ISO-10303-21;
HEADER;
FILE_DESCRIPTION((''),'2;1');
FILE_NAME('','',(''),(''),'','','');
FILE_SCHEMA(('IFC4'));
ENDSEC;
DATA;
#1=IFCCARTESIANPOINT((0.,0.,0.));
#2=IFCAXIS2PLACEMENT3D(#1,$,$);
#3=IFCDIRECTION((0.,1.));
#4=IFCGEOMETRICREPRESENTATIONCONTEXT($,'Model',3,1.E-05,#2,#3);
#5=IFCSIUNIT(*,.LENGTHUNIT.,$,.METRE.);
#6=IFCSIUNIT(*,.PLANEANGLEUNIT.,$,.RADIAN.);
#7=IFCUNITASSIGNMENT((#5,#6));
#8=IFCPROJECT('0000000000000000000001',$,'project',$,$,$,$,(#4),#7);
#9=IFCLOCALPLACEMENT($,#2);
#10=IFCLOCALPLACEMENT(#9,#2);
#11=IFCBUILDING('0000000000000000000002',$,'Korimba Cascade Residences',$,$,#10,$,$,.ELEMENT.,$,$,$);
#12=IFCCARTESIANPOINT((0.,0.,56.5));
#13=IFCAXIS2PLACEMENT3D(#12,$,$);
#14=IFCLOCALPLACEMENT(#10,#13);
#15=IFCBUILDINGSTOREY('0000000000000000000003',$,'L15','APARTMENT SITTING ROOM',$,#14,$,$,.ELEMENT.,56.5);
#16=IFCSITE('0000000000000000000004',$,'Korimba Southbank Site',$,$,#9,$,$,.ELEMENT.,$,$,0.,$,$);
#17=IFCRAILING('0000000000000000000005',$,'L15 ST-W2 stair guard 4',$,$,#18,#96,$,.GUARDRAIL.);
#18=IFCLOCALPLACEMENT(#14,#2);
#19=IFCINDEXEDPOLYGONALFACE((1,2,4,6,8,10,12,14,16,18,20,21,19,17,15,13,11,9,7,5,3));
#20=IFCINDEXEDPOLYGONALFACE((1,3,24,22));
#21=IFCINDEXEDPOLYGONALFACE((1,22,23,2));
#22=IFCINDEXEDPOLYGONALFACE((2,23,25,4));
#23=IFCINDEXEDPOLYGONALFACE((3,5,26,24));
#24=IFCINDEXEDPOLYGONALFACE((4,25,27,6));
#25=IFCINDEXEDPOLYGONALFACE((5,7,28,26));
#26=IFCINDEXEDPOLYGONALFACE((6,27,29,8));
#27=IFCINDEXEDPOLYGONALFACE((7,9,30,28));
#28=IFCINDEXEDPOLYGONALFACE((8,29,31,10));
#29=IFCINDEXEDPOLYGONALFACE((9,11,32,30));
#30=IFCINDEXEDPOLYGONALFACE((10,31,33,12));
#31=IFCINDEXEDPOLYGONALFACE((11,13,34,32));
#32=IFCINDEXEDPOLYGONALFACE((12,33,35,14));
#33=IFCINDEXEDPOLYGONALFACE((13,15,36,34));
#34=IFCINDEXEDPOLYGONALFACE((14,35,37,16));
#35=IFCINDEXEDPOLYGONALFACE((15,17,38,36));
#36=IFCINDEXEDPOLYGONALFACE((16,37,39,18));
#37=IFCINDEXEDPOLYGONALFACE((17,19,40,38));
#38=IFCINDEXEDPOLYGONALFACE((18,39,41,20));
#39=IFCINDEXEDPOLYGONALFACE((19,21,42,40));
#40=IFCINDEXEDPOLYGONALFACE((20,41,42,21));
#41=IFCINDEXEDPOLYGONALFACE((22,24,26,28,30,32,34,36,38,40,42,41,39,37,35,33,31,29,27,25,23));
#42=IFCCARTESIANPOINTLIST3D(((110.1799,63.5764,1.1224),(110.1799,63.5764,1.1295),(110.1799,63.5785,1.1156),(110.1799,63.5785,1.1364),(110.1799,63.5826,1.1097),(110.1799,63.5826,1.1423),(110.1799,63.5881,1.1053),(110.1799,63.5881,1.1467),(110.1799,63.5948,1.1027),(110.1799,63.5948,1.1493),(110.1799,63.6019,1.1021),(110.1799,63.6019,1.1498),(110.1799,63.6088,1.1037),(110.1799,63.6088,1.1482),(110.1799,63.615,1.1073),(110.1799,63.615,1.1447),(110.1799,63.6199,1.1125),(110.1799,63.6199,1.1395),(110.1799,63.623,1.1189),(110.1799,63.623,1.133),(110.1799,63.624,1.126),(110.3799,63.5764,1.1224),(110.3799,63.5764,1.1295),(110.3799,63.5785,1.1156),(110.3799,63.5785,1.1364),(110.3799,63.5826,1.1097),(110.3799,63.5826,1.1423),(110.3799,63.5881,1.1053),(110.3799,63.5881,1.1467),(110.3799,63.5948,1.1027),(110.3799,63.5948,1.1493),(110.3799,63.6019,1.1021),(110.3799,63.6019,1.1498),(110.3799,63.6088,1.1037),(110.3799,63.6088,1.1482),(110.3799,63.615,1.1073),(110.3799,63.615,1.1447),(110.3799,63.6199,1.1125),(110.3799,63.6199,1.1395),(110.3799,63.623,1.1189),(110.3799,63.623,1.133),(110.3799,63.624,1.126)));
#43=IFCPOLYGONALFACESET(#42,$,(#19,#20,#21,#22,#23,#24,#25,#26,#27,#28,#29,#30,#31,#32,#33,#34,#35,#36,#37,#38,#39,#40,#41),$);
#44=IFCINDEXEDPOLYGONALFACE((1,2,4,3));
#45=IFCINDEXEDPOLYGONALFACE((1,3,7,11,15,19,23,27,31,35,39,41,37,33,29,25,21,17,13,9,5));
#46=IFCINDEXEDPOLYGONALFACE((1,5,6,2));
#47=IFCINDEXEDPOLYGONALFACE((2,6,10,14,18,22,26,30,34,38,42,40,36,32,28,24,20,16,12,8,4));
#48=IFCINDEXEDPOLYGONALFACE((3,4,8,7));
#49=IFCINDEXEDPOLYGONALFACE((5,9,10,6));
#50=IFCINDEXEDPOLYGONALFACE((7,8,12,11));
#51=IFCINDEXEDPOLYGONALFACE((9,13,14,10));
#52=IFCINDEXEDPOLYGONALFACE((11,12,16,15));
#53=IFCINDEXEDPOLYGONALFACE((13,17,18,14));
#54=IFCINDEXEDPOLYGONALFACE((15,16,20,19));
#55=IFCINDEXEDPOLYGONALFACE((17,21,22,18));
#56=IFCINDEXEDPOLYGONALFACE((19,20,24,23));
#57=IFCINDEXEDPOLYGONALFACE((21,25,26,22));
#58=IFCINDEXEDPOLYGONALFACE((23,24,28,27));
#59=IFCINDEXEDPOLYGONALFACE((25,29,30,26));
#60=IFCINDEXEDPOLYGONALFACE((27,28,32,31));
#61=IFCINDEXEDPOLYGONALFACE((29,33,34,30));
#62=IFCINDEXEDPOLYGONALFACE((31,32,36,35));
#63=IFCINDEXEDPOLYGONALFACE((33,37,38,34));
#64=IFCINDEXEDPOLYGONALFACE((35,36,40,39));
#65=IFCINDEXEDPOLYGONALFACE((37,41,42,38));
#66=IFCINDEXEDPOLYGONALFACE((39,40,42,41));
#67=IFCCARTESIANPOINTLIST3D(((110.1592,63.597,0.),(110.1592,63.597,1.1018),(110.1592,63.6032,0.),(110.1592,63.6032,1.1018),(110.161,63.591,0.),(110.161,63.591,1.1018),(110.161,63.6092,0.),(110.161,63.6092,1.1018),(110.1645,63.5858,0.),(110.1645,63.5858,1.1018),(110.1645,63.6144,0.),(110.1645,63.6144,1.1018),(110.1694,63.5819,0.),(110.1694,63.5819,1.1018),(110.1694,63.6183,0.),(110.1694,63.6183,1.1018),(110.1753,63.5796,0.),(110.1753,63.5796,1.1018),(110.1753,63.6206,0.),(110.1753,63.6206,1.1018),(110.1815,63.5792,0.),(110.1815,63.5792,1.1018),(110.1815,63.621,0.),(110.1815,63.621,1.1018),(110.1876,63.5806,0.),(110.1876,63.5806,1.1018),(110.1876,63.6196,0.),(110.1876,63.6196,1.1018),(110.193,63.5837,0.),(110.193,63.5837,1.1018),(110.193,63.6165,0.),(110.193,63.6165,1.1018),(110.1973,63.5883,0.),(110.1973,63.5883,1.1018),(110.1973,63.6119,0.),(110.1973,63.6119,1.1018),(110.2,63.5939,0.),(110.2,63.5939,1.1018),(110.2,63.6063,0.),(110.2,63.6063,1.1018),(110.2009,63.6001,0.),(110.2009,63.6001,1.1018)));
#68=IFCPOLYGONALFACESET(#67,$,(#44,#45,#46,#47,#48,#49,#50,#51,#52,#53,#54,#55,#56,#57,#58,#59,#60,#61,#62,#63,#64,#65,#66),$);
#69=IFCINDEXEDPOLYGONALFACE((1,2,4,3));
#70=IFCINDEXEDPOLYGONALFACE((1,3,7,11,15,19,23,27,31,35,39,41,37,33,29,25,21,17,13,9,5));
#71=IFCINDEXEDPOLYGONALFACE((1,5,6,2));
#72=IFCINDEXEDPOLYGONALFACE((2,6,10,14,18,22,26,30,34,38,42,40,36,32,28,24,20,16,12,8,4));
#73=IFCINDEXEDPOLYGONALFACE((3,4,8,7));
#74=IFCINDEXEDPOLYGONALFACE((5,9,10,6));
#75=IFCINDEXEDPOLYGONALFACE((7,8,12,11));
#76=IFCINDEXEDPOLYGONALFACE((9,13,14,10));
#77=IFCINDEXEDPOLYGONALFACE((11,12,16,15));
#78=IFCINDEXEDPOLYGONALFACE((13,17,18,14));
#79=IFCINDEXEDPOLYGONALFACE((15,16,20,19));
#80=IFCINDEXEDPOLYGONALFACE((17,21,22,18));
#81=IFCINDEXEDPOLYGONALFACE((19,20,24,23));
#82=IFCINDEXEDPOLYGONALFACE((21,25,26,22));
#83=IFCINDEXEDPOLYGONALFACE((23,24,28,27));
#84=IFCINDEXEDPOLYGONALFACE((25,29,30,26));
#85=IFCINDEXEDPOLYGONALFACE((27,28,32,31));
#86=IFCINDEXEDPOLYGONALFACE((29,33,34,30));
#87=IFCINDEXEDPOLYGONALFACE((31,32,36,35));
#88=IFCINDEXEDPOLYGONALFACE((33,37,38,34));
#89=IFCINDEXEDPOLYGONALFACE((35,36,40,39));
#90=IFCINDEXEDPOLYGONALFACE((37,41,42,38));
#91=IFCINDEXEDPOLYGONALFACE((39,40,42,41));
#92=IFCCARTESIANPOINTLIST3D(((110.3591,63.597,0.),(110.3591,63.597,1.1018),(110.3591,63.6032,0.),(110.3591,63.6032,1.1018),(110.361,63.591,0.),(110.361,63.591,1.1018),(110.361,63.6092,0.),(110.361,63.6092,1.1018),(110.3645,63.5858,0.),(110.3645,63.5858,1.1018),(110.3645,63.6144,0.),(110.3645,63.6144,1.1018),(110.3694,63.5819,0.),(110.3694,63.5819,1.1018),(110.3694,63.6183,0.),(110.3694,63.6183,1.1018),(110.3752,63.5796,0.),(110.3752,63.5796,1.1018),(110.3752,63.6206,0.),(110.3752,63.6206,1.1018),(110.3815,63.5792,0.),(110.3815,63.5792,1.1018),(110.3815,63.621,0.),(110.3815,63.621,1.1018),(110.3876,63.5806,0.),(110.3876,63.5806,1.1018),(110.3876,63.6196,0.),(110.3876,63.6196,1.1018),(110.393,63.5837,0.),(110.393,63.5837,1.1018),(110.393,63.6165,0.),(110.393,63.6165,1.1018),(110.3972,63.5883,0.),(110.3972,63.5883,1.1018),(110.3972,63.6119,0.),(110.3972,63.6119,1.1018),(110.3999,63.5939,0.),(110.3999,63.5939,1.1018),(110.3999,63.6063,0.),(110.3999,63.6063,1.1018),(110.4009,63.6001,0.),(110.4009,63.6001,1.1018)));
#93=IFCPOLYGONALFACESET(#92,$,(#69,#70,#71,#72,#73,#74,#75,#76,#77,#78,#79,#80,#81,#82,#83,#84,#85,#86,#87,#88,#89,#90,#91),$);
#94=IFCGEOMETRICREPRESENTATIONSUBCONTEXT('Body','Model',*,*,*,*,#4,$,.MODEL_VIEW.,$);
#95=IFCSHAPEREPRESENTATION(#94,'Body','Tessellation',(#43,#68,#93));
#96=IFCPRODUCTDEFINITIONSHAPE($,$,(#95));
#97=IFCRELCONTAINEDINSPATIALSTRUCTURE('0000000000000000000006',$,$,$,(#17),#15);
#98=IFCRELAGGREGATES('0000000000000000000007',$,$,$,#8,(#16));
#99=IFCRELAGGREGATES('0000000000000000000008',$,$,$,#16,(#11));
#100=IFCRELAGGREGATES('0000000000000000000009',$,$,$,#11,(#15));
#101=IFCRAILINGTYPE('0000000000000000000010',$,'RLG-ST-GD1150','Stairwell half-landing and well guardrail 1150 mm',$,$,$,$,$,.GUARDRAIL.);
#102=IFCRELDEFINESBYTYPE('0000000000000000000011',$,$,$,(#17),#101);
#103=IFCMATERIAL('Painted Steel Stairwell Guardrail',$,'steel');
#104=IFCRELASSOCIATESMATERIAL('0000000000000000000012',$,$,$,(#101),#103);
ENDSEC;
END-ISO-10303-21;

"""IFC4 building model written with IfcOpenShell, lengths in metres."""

from ifc_helpers import new_model, si_unit, direction, frame, origin, origin_2d, place, context, subcontext, project, spatial, circle, extrude, material, type_object, element, save


model = new_model("IFC4")

# Units and contexts
model_context = context("Model", 3, precision=1e-05, world=origin(), true_north=direction((0.0, 1.0)))
body_context = subcontext(model_context, "Body", "Model", "MODEL_VIEW")
ifc_project = project(units=[si_unit("LENGTHUNIT", "METRE"), si_unit("PLANEANGLEUNIT", "RADIAN")], contexts=[model_context])

# Site, building, storey
site_placement = place(None, origin())
site = spatial("IfcSite", under=ifc_project, at=site_placement, Name="Korimba Southbank Site", CompositionType="ELEMENT", RefElevation=0.0)
building_placement = place(site_placement, origin())
building = spatial("IfcBuilding", under=site, at=building_placement, Name="Korimba Cascade Residences", CompositionType="ELEMENT")
storey_placement = place(building_placement, frame((0.0, 0.0, 56.5)))
storey = spatial("IfcBuildingStorey", under=building, at=storey_placement, Name="L15", Description="APARTMENT SITTING ROOM", CompositionType="ELEMENT", Elevation=56.5)

# Railing
ifc_material_1 = material(Name="Painted Steel Stairwell Guardrail", Category="steel")
railing_type_1 = type_object("IfcRailingType", Name="RLG-ST-GD1150", Description="Stairwell half-landing and well guardrail 1150 mm", PredefinedType="GUARDRAIL", material=ifc_material_1)
railing_1_placement = place(storey_placement, frame((110.1799, 63.6001, 0.0)))
element("IfcRailing", 1, at=railing_1_placement, inside=storey, type_object=railing_type_1, Name="L15 ST-W2 stair guard 4", PredefinedType="GUARDRAIL", context=body_context, shape_type="SweptSolid", body=[
    extrude(circle(Radius=0.0239, at=origin_2d()), frame((0.0, 0.0, 1.126), z_axis=(1.0, 0.0, 0.0), x_axis=(0.0, 1.0, 0.0)), (0.0, 0.0, 1.0), 0.2),
    extrude(circle(Radius=0.021, at=origin_2d()), origin(), (0.0, 0.0, 1.0), 1.1018),
    extrude(circle(Radius=0.021, at=origin_2d()), frame((0.2, 0.0, 0.0)), (0.0, 0.0, 1.0), 1.1018),
])

save(model, "model.ifc")
